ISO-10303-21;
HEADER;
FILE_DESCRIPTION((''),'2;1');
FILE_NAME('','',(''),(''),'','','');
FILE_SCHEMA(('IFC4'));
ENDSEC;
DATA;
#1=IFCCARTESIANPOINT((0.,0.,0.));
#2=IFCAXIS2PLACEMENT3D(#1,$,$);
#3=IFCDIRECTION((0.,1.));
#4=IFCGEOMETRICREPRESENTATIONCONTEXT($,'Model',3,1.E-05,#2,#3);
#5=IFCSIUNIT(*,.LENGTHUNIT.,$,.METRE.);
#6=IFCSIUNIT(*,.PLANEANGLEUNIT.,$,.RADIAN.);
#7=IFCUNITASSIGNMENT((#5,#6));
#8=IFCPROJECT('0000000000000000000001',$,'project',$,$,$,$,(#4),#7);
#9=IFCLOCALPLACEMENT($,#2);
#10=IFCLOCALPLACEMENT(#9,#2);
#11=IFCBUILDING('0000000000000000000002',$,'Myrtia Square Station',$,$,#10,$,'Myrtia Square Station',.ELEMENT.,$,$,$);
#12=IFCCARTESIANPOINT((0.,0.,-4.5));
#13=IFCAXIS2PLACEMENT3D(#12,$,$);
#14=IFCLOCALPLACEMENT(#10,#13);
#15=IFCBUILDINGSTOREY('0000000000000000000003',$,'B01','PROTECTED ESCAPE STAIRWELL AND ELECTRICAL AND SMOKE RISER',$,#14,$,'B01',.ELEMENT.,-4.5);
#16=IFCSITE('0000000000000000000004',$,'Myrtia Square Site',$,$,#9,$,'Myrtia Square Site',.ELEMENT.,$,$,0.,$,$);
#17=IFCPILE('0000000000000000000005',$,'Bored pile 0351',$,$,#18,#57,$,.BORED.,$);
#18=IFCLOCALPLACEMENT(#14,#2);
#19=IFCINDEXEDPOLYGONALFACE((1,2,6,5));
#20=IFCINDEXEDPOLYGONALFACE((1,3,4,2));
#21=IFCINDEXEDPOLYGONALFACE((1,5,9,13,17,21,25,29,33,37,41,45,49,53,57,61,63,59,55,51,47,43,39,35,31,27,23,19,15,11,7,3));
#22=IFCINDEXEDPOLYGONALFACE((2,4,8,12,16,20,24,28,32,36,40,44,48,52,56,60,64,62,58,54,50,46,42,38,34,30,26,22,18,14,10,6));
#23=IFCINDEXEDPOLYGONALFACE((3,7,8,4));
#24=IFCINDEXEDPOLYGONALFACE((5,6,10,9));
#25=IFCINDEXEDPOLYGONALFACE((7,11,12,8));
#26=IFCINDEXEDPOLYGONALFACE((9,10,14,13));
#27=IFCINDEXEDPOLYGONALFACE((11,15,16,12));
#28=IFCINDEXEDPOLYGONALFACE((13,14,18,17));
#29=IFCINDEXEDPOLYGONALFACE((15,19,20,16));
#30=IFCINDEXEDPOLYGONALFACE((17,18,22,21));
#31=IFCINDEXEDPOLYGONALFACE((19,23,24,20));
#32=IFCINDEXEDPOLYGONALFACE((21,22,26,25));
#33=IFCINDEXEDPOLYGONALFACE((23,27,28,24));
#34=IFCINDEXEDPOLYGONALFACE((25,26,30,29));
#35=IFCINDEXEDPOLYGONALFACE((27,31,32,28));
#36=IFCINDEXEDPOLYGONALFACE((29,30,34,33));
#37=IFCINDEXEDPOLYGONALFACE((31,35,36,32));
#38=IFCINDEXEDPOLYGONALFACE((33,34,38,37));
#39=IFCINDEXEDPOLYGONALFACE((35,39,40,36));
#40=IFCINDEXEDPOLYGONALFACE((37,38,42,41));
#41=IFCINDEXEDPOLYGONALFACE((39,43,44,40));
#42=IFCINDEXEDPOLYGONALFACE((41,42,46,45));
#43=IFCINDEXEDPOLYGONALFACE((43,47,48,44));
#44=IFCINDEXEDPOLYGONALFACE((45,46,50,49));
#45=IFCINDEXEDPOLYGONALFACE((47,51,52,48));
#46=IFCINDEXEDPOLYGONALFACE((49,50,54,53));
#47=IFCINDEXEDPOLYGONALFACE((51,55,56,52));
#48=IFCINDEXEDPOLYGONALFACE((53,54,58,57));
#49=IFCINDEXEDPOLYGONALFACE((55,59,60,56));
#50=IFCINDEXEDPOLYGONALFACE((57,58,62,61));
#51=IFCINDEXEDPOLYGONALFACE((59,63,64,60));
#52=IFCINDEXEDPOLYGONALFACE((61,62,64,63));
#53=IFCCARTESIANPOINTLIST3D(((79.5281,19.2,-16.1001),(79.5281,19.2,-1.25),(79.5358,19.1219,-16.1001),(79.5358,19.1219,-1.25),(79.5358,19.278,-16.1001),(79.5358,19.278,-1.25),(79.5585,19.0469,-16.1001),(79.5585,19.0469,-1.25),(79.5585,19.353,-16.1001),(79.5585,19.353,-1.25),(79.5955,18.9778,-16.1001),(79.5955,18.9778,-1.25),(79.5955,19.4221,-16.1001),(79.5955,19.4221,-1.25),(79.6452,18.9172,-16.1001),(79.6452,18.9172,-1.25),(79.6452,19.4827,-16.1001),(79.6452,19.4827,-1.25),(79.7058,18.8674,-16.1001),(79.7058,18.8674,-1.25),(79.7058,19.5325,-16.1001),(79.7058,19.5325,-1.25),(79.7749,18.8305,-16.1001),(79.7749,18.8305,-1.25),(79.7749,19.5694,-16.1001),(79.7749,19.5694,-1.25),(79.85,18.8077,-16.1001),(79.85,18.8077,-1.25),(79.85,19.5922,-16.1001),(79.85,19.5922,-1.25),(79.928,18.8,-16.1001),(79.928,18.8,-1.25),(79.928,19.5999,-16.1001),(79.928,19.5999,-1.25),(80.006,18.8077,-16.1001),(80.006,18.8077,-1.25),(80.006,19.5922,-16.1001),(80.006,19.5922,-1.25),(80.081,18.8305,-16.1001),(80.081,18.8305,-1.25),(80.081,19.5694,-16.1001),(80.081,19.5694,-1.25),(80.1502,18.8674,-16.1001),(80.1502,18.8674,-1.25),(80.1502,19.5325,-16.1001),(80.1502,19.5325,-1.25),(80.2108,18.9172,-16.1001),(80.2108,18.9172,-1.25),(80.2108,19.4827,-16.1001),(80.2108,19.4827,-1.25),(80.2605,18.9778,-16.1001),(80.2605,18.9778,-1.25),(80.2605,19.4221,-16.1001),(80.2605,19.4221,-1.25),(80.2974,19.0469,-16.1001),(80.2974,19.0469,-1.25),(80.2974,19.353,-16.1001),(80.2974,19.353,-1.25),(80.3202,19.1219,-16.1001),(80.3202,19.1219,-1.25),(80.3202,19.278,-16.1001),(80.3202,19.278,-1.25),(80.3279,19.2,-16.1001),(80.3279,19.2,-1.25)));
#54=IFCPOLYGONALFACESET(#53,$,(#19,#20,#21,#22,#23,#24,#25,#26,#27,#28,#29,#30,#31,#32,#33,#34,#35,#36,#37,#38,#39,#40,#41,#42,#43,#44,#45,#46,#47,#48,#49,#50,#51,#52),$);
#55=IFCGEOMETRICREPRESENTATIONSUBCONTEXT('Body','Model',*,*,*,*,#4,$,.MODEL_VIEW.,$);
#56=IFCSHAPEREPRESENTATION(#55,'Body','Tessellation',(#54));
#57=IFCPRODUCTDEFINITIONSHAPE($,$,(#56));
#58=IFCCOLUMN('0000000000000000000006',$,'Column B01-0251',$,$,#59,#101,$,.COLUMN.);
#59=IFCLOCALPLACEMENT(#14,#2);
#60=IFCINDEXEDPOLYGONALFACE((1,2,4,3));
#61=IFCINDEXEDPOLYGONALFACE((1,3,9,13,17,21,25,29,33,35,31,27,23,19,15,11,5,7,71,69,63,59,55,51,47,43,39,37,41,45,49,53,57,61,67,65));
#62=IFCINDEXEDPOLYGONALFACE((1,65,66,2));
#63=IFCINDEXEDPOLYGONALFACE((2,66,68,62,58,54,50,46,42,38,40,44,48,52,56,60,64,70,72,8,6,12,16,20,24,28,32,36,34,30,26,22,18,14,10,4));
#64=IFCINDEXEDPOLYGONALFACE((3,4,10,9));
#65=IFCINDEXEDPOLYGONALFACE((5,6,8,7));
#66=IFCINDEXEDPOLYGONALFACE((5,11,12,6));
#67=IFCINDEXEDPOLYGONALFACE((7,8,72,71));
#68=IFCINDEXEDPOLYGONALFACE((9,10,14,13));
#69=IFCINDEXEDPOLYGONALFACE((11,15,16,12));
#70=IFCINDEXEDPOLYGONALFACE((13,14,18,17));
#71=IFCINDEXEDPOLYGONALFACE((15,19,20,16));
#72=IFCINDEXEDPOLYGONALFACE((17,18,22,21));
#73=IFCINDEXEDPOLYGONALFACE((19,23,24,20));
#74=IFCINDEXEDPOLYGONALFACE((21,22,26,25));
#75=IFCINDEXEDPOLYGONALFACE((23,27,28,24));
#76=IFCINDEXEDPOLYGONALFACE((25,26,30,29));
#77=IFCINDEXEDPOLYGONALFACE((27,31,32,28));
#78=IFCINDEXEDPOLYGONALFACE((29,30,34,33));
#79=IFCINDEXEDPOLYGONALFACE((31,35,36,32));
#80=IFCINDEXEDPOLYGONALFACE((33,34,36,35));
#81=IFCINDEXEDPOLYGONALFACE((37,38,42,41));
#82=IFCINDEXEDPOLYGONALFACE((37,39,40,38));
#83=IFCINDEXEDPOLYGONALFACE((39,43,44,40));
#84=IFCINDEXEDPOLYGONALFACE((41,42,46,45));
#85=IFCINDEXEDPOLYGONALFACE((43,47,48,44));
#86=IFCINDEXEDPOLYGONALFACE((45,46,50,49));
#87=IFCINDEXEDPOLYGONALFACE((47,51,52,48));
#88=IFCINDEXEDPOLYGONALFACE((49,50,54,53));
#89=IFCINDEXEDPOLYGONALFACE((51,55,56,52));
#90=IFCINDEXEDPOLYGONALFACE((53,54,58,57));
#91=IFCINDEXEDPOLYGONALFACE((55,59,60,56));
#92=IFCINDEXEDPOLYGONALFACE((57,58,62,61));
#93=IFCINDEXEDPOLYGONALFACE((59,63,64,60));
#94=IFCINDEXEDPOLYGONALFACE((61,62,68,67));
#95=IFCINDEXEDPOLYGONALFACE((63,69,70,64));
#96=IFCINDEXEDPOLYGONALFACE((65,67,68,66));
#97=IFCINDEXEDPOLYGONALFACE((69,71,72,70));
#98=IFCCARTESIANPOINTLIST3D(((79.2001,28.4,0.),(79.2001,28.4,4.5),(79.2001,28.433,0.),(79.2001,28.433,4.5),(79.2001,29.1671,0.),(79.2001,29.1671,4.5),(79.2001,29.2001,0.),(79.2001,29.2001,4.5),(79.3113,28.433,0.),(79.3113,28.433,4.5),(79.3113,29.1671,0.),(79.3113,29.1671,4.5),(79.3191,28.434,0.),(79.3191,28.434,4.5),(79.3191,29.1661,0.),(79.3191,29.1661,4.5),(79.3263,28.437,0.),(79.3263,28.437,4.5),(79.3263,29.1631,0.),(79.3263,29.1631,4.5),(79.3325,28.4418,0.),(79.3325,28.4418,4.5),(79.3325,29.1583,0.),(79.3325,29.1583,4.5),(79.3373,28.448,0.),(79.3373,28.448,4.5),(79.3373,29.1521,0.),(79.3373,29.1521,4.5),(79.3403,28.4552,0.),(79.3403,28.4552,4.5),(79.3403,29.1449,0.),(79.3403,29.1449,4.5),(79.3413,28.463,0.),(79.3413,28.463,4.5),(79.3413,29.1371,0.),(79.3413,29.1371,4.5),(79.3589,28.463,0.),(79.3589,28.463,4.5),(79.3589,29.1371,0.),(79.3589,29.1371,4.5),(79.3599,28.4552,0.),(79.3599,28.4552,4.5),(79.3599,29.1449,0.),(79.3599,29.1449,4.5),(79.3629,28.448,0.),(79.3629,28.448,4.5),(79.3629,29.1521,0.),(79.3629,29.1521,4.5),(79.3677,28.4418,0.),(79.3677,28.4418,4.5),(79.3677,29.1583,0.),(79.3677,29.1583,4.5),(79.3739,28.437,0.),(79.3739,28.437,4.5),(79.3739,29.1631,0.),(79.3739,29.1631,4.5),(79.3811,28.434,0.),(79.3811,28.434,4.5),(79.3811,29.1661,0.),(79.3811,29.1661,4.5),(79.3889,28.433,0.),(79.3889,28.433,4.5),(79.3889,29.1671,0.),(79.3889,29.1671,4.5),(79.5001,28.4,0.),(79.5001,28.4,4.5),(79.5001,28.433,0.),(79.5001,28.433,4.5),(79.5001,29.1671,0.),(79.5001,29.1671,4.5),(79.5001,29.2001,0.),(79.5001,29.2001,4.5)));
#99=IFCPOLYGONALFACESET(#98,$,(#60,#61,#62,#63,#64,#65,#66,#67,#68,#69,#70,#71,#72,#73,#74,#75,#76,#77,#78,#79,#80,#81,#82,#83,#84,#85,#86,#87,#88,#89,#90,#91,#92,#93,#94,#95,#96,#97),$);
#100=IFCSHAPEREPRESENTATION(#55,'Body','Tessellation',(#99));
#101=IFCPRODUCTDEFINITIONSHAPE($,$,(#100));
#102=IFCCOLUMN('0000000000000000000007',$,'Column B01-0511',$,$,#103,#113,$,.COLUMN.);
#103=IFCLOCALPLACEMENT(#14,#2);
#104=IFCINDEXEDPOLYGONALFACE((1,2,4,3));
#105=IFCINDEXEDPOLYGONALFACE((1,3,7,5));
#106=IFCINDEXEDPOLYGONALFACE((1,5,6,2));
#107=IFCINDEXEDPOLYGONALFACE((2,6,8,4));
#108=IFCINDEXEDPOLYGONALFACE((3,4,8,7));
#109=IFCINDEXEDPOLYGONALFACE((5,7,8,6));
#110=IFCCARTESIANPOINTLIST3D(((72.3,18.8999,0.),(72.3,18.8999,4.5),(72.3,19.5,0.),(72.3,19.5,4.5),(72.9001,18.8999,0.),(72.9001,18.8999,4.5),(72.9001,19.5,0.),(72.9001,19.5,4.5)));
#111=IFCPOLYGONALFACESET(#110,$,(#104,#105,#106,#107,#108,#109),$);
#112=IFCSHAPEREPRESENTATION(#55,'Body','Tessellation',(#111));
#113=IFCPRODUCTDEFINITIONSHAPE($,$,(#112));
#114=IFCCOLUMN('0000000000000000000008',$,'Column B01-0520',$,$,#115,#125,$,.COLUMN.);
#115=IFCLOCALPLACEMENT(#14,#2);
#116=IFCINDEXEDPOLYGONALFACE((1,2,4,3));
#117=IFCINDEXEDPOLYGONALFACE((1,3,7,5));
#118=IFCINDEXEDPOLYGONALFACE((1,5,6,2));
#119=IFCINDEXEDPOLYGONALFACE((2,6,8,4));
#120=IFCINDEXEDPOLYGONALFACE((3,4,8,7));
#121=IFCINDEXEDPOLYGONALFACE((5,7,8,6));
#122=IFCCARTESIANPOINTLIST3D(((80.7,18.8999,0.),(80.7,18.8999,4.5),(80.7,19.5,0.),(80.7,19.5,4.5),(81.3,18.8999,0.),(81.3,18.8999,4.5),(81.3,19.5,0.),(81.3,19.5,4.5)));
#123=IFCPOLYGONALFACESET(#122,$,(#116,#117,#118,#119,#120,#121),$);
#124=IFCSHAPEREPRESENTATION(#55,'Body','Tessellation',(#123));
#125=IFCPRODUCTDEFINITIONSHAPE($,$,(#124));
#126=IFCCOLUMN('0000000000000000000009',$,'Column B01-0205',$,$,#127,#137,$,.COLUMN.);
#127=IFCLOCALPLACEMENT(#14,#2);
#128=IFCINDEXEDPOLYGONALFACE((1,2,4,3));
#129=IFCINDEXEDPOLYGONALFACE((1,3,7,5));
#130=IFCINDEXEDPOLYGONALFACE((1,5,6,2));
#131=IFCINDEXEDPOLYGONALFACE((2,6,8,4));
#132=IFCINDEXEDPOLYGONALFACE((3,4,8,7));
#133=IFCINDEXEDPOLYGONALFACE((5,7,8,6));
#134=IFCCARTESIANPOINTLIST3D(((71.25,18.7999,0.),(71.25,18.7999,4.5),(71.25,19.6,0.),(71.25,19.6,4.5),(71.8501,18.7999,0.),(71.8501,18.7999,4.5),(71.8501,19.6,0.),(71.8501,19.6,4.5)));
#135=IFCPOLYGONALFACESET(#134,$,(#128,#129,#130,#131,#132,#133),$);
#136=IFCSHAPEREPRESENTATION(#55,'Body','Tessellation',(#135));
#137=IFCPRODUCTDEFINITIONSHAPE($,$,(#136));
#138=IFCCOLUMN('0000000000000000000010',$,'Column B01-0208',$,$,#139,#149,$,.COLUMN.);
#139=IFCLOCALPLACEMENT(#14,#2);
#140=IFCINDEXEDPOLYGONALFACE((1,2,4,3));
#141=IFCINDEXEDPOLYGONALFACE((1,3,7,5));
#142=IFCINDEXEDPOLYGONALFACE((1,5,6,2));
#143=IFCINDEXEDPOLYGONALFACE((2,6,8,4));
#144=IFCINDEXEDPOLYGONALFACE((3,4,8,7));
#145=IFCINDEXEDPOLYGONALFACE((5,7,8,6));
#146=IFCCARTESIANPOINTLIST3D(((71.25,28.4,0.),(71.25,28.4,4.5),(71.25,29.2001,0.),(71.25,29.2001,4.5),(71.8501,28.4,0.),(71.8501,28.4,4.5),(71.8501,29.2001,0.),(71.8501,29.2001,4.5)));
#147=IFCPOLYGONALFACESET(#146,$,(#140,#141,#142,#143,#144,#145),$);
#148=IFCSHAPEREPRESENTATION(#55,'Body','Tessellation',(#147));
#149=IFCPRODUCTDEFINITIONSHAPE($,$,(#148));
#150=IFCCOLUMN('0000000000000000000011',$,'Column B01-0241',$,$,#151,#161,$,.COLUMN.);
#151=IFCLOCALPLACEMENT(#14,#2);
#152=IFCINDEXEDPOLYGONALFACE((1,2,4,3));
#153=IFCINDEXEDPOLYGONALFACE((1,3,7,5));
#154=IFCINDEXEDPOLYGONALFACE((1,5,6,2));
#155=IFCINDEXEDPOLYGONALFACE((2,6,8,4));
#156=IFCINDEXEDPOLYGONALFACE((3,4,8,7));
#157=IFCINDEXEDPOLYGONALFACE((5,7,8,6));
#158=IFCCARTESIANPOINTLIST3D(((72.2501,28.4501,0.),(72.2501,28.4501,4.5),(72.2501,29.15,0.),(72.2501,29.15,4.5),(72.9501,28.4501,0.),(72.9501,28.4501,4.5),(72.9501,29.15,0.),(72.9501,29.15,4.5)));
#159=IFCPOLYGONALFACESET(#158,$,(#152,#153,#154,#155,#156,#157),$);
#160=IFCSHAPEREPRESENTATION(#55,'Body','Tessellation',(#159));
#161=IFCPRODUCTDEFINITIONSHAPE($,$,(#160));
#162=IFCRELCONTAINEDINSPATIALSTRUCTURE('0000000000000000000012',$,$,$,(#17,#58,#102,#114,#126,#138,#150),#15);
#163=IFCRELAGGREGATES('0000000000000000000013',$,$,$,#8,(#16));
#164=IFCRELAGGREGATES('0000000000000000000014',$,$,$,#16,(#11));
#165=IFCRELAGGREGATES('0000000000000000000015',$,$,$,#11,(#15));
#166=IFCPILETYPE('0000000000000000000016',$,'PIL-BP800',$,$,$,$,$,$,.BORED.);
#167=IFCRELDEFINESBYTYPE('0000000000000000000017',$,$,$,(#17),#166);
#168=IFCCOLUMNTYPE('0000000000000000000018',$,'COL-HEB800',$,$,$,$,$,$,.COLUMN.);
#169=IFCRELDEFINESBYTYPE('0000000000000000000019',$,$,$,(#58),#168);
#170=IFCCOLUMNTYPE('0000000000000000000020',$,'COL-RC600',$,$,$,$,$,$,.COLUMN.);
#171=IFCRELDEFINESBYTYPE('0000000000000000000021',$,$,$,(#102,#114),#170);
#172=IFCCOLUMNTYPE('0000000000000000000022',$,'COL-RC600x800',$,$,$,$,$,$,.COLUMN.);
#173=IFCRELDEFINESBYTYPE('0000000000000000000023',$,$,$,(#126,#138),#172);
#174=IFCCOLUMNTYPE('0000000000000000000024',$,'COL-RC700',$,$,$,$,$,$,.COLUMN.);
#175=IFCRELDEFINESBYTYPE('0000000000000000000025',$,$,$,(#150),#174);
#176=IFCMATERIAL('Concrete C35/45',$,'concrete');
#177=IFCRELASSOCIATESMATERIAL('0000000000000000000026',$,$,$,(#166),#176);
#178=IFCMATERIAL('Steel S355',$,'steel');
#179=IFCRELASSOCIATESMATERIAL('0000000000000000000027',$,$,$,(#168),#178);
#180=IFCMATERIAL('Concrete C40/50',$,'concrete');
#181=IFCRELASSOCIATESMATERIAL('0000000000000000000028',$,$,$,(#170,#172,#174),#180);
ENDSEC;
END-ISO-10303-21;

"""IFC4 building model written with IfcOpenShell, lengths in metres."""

from ifc_helpers import new_model, si_unit, direction, frame, origin, origin_2d, place, context, subcontext, project, spatial, rectangle, circle, i_section, extrude, material, material_profile, profile_set, type_object, element, save


model = new_model("IFC4")

# Units and contexts
model_context = context("Model", 3, precision=1e-05, world=origin(), true_north=direction((0.0, 1.0)))
body_context = subcontext(model_context, "Body", "Model", "MODEL_VIEW")
ifc_project = project(units=[si_unit("LENGTHUNIT", "METRE"), si_unit("PLANEANGLEUNIT", "RADIAN")], contexts=[model_context])

# Site, building, storey
site_placement = place(None, origin())
site = spatial("IfcSite", under=ifc_project, at=site_placement, Name="Myrtia Square Site", LongName="Myrtia Square Site", CompositionType="ELEMENT", RefElevation=0.0)
building_placement = place(site_placement, origin())
building = spatial("IfcBuilding", under=site, at=building_placement, Name="Myrtia Square Station", LongName="Myrtia Square Station", CompositionType="ELEMENT")
storey_placement = place(building_placement, frame((0.0, 0.0, -4.5)))
storey = spatial("IfcBuildingStorey", under=building, at=storey_placement, Name="B01", Description="PROTECTED ESCAPE STAIRWELL AND ELECTRICAL AND SMOKE RISER", LongName="B01", CompositionType="ELEMENT", Elevation=-4.5)

# Shared definitions
ifc_material_1 = material(Name="Concrete C35/45", Category="concrete")

# Pile
ifc_material_profile_1 = material_profile(ifc_material_1, circle(Radius=0.3999, at=origin_2d()), Name="BP D800")
ifc_profile_set_1 = profile_set([ifc_material_profile_1], Name="Concrete C35/45")
pile_type_1 = type_object("IfcPileType", Name="PIL-BP800", PredefinedType="BORED", material=ifc_profile_set_1)
pile_placement = place(storey_placement, frame((79.928, 19.2, -1.25), z_axis=(0.0, 0.0, -1.0), x_axis=(1.0, 0.0, 0.0)))
element("IfcPile", 1, at=pile_placement, inside=storey, type_object=pile_type_1, Name="Bored pile 0351", PredefinedType="BORED", context=body_context, shape_type="SweptSolid", body=[
    extrude(circle(Radius=0.3999, at=origin_2d()), origin(), (0.0, 0.0, 1.0), 14.8501),
])

# Columns
ifc_material_2 = material(Name="Steel S355", Category="steel")
ifc_material_profile_2 = material_profile(ifc_material_2, i_section(OverallWidth=0.3, OverallDepth=0.8, WebThickness=0.0176, FlangeThickness=0.033, FilletRadius=0.03, at=origin_2d()), Name="HEB 800")
ifc_profile_set_2 = profile_set([ifc_material_profile_2], Name="Steel S355")
column_type_1 = type_object("IfcColumnType", Name="COL-HEB800", PredefinedType="COLUMN", material=ifc_profile_set_2)
column_1_placement = place(storey_placement, frame((79.3501, 28.8, 0.0), z_axis=(0.0, 0.0, 1.0), x_axis=(1.0, 0.0, 0.0)))
element("IfcColumn", 2, at=column_1_placement, inside=storey, type_object=column_type_1, Name="Column B01-0251", PredefinedType="COLUMN", context=body_context, shape_type="SweptSolid", body=[
    extrude(i_section(OverallWidth=0.3, OverallDepth=0.8, WebThickness=0.0176, FlangeThickness=0.033, FilletRadius=0.03, at=origin_2d()), origin(), (0.0, 0.0, 1.0), 4.5),
])
ifc_material_3 = material(Name="Concrete C40/50", Category="concrete")
ifc_material_profile_3 = material_profile(ifc_material_3, rectangle(XDim=0.6001, YDim=0.6001, at=origin_2d()), Name="RC 600x600")
ifc_profile_set_3 = profile_set([ifc_material_profile_3], Name="Concrete C40/50")
column_type_2 = type_object("IfcColumnType", Name="COL-RC600", PredefinedType="COLUMN", material=ifc_profile_set_3)
for number, where, z_axis, x_axis, name in (
    (3, (72.6001, 19.2, 0.0), (0.0, 0.0, 1.0), (1.0, 0.0, 0.0), "Column B01-0511"),
    (4, (81.0, 19.2, 0.0), (0.0, 0.0, 1.0), (1.0, 0.0, 0.0), "Column B01-0520"),
):
    element("IfcColumn", number, at=place(storey_placement, frame(where, z_axis=z_axis, x_axis=x_axis)), inside=storey, type_object=column_type_2, Name=name, PredefinedType="COLUMN", context=body_context, shape_type="SweptSolid", body=[
        extrude(rectangle(XDim=0.6001, YDim=0.6001, at=origin_2d()), origin(), (0.0, 0.0, 1.0), 4.5),
    ])
ifc_material_profile_4 = material_profile(ifc_material_3, rectangle(XDim=0.6001, YDim=0.8, at=origin_2d()), Name="RC 600x800")
ifc_profile_set_4 = profile_set([ifc_material_profile_4], Name="Concrete C40/50")
column_type_3 = type_object("IfcColumnType", Name="COL-RC600x800", PredefinedType="COLUMN", material=ifc_profile_set_4)
for number, where, z_axis, x_axis, name in (
    (5, (71.55, 19.2, 0.0), (0.0, 0.0, 1.0), (1.0, 0.0, 0.0), "Column B01-0205"),
    (6, (71.55, 28.8, 0.0), (0.0, 0.0, 1.0), (1.0, 0.0, 0.0), "Column B01-0208"),
):
    element("IfcColumn", number, at=place(storey_placement, frame(where, z_axis=z_axis, x_axis=x_axis)), inside=storey, type_object=column_type_3, Name=name, PredefinedType="COLUMN", context=body_context, shape_type="SweptSolid", body=[
        extrude(rectangle(XDim=0.6001, YDim=0.8, at=origin_2d()), origin(), (0.0, 0.0, 1.0), 4.5),
    ])
ifc_material_profile_5 = material_profile(ifc_material_3, rectangle(XDim=0.7, YDim=0.7, at=origin_2d()), Name="RC 700x700")
ifc_profile_set_5 = profile_set([ifc_material_profile_5], Name="Concrete C40/50")
column_type_4 = type_object("IfcColumnType", Name="COL-RC700", PredefinedType="COLUMN", material=ifc_profile_set_5)
column_2_placement = place(storey_placement, frame((72.6001, 28.8, 0.0), z_axis=(0.0, 0.0, 1.0), x_axis=(1.0, 0.0, 0.0)))
element("IfcColumn", 7, at=column_2_placement, inside=storey, type_object=column_type_4, Name="Column B01-0241", PredefinedType="COLUMN", context=body_context, shape_type="SweptSolid", body=[
    extrude(rectangle(XDim=0.7, YDim=0.7, at=origin_2d()), origin(), (0.0, 0.0, 1.0), 4.5),
])

save(model, "model.ifc")
